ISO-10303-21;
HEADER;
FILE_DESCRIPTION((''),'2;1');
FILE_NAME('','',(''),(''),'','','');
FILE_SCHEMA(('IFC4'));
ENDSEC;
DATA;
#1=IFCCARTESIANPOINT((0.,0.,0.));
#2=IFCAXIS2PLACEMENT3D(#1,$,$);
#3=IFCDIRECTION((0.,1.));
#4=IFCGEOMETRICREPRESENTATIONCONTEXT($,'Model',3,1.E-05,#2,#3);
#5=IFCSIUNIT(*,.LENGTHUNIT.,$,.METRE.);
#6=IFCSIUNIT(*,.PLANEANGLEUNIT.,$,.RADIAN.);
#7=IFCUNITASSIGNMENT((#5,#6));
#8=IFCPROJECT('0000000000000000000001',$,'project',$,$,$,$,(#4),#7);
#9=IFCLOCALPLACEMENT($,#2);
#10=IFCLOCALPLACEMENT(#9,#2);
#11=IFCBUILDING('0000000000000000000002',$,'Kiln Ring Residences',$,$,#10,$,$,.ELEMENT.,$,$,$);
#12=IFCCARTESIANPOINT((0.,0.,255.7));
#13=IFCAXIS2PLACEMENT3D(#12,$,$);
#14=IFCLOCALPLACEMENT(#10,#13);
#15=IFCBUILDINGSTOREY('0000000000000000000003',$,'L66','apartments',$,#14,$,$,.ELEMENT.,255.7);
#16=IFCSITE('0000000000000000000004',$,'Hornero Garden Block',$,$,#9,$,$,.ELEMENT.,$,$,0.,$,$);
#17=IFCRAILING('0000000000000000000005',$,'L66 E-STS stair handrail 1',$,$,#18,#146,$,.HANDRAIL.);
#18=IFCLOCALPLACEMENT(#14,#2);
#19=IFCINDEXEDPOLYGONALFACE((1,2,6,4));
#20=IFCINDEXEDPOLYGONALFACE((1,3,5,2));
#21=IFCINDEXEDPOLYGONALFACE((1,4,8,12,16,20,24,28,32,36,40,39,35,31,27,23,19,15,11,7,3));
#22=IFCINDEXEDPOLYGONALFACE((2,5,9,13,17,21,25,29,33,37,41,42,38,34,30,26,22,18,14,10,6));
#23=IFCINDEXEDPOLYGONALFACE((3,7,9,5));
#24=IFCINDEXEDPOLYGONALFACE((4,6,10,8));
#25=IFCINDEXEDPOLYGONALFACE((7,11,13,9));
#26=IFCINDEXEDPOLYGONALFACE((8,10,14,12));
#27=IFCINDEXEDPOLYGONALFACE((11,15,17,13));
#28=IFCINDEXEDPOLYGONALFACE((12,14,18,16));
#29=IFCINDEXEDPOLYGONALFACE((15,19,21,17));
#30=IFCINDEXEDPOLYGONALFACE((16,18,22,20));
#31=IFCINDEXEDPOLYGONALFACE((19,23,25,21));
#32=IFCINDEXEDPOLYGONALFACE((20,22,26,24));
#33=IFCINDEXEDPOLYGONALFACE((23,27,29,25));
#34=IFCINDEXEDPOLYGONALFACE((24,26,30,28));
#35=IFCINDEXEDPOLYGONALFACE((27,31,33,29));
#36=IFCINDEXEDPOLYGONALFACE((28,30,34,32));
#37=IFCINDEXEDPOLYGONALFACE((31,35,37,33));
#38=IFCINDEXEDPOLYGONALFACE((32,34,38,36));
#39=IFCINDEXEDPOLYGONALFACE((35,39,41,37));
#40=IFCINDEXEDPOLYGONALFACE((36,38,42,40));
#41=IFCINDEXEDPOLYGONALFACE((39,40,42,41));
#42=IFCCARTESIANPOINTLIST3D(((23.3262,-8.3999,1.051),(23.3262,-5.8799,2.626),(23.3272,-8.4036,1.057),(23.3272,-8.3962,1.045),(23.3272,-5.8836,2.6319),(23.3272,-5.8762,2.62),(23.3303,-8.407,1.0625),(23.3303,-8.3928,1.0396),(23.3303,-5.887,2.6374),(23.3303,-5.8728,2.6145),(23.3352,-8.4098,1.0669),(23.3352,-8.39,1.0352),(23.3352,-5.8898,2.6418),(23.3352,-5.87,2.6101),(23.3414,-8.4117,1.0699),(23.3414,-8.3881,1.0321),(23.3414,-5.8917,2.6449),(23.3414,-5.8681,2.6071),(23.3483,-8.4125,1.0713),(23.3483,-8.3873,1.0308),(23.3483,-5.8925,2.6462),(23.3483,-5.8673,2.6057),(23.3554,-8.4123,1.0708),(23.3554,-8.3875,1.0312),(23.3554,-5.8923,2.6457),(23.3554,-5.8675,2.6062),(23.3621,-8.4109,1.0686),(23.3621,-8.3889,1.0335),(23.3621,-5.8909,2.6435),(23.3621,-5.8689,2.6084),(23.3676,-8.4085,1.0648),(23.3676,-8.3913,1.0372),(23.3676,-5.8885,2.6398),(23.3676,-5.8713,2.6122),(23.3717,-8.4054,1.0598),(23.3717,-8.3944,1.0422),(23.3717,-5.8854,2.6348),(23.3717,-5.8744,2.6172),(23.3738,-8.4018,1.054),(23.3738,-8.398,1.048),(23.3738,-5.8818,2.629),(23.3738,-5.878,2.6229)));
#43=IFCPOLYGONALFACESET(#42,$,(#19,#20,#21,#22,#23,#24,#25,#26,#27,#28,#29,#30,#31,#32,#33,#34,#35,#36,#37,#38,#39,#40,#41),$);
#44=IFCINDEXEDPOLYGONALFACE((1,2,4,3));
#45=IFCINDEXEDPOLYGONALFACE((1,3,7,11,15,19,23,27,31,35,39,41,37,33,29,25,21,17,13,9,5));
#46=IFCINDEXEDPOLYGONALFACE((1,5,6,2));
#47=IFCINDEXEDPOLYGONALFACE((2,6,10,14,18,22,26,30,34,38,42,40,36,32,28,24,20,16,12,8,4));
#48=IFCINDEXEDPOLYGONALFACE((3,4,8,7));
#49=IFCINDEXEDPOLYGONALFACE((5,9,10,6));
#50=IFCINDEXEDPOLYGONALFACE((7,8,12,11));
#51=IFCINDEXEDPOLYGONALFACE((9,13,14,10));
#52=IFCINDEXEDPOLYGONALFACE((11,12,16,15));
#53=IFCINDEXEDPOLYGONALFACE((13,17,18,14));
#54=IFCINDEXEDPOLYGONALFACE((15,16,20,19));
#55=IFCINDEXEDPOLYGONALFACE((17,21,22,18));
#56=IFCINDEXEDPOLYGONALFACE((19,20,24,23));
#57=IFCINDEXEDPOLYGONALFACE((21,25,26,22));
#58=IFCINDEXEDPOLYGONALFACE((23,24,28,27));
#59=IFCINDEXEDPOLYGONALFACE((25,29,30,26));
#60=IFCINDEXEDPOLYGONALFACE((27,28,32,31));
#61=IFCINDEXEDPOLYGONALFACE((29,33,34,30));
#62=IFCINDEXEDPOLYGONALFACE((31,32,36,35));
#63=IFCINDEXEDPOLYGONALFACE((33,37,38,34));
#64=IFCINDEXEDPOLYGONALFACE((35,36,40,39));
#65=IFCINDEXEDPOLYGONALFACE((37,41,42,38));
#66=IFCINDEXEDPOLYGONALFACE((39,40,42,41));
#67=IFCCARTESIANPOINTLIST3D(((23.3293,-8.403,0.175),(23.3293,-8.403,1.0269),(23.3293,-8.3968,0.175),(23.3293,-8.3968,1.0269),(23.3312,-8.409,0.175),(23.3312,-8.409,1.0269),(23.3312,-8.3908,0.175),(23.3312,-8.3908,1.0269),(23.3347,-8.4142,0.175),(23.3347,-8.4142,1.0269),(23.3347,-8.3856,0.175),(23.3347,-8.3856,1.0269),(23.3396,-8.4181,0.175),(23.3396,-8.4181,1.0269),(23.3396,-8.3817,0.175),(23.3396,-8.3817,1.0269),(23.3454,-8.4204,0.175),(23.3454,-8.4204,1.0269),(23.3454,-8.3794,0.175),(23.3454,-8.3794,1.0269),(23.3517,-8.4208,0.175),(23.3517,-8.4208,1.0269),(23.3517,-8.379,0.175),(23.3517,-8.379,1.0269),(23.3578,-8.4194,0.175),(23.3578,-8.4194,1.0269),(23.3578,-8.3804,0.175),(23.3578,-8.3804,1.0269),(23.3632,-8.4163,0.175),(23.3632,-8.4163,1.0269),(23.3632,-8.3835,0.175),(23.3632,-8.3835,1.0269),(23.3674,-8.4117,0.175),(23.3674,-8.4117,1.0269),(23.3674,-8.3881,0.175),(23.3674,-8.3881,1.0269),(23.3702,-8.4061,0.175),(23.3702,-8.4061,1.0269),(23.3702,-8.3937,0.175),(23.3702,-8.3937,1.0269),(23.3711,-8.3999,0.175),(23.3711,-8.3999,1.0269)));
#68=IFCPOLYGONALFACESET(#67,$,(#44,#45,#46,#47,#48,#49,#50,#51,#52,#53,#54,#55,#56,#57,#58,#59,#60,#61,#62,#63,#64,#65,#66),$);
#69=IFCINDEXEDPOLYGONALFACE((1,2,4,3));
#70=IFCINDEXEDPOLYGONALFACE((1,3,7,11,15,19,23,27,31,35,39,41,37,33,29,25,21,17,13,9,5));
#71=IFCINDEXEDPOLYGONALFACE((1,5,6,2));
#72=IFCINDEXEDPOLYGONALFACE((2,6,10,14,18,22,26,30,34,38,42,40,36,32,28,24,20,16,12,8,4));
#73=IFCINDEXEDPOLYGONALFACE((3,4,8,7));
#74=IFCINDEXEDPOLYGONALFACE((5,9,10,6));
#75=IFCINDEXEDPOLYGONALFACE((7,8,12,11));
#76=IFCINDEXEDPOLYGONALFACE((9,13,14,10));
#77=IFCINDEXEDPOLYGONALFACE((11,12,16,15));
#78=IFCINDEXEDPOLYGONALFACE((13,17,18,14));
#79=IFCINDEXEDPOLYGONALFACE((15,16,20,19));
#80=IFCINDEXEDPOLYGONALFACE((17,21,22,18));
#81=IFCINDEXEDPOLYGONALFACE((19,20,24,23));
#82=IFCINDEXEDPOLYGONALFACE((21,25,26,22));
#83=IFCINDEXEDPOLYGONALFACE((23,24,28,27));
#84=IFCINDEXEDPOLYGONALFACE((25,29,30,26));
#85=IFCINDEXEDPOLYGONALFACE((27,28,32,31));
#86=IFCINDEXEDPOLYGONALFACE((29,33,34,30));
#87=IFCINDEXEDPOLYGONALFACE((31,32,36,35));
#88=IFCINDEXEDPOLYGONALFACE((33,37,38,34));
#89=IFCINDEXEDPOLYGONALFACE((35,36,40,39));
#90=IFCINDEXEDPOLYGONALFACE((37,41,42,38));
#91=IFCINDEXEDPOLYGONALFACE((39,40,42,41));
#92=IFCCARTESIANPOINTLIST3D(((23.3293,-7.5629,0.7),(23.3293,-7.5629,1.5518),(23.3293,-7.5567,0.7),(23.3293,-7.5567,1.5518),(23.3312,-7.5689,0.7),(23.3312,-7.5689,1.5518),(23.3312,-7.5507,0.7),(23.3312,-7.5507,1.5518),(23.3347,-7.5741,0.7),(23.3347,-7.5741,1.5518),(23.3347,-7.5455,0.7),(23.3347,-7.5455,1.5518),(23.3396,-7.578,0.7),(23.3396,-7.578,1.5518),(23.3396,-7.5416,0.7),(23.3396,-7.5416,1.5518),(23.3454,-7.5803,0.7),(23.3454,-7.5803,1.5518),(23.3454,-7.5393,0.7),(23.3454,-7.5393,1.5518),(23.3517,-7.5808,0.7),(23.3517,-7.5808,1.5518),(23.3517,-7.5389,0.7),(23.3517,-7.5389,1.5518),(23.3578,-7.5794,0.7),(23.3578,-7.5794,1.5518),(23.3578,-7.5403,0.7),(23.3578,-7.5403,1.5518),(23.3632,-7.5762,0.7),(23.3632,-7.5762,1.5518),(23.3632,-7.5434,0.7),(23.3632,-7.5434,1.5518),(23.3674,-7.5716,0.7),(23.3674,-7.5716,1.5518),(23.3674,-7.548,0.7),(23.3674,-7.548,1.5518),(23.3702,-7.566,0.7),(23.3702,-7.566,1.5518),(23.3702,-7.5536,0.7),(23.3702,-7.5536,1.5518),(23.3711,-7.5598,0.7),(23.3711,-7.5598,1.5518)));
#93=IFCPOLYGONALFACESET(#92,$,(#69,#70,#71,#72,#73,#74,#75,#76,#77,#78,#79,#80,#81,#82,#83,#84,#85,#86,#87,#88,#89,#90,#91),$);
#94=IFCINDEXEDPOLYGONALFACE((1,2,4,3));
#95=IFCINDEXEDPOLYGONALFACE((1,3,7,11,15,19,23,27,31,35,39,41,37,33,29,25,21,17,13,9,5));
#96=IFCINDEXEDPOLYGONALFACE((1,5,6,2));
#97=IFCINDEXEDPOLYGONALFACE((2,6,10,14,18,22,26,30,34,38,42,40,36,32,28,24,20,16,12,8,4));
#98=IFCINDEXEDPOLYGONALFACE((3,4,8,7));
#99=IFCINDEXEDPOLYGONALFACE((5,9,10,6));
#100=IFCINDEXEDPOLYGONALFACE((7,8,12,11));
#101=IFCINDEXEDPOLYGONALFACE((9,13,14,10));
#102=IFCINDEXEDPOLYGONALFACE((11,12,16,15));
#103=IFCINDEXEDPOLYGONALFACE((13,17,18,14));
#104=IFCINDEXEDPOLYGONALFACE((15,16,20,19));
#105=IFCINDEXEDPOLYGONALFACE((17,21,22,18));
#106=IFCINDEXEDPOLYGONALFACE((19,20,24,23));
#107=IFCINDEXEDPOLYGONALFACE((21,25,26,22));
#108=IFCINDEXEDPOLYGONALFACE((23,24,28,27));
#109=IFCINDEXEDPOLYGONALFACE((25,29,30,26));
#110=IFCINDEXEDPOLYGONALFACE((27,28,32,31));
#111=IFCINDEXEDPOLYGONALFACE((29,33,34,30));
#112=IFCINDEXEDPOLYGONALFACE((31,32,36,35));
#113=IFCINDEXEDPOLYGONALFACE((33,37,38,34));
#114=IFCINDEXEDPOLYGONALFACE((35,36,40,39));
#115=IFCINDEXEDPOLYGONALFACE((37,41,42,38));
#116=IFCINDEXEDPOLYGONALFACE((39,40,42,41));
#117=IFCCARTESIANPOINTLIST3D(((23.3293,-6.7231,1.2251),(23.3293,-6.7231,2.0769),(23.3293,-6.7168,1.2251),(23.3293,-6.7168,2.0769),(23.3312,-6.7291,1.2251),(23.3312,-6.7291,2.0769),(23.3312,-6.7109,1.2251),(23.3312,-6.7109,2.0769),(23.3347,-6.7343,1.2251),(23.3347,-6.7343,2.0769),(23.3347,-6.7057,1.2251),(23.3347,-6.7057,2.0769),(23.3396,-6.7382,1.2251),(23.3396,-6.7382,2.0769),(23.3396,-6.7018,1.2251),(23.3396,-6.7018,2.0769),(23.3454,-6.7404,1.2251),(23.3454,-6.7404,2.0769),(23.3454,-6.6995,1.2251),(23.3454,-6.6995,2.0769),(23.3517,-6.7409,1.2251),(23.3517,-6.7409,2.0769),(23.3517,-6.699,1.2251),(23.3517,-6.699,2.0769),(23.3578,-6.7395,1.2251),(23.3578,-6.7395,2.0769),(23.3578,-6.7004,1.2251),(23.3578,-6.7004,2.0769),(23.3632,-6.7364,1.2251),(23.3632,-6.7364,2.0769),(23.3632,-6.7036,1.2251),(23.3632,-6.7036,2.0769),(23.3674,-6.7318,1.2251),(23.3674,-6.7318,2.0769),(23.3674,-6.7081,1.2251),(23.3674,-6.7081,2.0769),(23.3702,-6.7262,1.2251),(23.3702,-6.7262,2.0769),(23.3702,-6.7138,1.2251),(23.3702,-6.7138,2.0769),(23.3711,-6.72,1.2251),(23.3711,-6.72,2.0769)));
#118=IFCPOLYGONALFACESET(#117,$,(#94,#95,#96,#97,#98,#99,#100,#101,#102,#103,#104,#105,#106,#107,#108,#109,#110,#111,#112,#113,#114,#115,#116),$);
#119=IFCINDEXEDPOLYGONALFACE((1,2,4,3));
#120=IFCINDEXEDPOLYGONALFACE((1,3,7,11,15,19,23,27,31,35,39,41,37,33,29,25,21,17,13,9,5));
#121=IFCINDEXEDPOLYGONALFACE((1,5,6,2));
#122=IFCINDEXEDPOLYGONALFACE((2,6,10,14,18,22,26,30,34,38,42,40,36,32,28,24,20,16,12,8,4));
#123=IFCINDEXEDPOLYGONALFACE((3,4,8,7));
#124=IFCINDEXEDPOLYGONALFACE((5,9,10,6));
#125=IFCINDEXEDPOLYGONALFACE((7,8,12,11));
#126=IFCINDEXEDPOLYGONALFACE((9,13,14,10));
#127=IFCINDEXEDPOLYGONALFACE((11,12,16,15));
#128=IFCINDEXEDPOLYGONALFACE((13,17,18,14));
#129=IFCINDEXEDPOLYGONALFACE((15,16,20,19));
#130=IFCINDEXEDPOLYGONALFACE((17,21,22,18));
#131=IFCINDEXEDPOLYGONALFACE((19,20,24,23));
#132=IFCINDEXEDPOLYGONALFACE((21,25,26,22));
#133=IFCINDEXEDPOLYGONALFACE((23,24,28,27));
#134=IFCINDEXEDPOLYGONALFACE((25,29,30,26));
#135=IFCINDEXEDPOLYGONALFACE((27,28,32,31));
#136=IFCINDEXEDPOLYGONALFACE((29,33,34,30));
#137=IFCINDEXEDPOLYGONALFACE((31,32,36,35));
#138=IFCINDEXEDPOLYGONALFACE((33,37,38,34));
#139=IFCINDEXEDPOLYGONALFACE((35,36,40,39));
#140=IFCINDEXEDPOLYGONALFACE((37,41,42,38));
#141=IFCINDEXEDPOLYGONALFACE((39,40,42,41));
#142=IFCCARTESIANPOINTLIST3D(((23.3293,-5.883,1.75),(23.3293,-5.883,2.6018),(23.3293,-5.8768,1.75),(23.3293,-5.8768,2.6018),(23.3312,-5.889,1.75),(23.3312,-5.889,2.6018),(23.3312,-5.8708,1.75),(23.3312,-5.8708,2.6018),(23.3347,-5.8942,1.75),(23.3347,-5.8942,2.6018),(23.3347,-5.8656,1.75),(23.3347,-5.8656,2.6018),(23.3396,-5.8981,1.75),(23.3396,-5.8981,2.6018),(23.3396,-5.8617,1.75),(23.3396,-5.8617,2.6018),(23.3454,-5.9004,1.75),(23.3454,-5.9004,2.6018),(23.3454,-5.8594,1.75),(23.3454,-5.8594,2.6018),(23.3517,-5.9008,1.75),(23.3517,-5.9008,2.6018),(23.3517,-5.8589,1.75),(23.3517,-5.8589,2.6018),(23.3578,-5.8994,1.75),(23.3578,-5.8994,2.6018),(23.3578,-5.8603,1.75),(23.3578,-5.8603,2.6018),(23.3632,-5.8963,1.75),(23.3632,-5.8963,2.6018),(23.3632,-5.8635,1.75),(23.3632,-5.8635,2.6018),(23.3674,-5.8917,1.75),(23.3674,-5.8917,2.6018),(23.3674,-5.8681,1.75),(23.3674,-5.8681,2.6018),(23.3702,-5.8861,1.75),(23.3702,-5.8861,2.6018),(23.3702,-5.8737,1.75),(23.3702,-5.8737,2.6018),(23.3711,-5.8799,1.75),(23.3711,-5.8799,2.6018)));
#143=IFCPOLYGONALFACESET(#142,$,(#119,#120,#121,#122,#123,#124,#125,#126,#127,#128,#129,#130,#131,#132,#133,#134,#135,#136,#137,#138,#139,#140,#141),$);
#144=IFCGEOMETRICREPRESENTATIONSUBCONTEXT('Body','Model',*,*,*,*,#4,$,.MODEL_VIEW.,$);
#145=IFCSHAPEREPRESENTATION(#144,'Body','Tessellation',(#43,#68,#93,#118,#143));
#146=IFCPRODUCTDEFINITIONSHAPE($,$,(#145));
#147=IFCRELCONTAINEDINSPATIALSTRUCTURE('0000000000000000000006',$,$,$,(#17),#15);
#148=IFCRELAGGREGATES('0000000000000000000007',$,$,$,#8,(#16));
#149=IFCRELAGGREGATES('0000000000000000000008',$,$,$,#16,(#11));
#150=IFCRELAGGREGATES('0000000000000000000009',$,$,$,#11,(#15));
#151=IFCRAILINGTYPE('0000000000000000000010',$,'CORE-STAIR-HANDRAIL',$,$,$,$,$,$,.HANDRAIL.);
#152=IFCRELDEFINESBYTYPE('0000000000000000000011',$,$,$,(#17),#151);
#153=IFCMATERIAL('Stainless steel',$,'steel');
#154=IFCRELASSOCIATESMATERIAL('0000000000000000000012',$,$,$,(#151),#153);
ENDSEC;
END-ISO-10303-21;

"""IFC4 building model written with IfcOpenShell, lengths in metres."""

from ifc_helpers import new_model, si_unit, direction, frame, origin, origin_2d, place, context, subcontext, project, spatial, circle, extrude, material, type_object, element, save


model = new_model("IFC4")

# Units and contexts
model_context = context("Model", 3, precision=1e-05, world=origin(), true_north=direction((0.0, 1.0)))
body_context = subcontext(model_context, "Body", "Model", "MODEL_VIEW")
ifc_project = project(units=[si_unit("LENGTHUNIT", "METRE"), si_unit("PLANEANGLEUNIT", "RADIAN")], contexts=[model_context])

# Site, building, storey
site_placement = place(None, origin())
site = spatial("IfcSite", under=ifc_project, at=site_placement, Name="Hornero Garden Block", CompositionType="ELEMENT", RefElevation=0.0)
building_placement = place(site_placement, origin())
building = spatial("IfcBuilding", under=site, at=building_placement, Name="Kiln Ring Residences", CompositionType="ELEMENT")
storey_placement = place(building_placement, frame((0.0, 0.0, 255.7)))
storey = spatial("IfcBuildingStorey", under=building, at=storey_placement, Name="L66", Description="apartments", CompositionType="ELEMENT", Elevation=255.7)

# Railing
ifc_material_1 = material(Name="Stainless steel", Category="steel")
railing_type_1 = type_object("IfcRailingType", Name="CORE-STAIR-HANDRAIL", PredefinedType="HANDRAIL", material=ifc_material_1)
railing_1_placement = place(storey_placement, frame((23.3501, -8.3999, 0.175)))
element("IfcRailing", 1, at=railing_1_placement, inside=storey, type_object=railing_type_1, Name="L66 E-STS stair handrail 1", PredefinedType="HANDRAIL", context=body_context, shape_type="SweptSolid", body=[
    extrude(circle(Radius=0.0239, at=origin_2d()), frame((0.0, 0.0, 0.876), z_axis=(0.0, 0.848008, 0.529984), x_axis=(-1.0, 0.0, 0.0)), (0.0, 0.0, 1.0), 2.9717),
    extrude(circle(Radius=0.021, at=origin_2d()), origin(), (0.0, 0.0, 1.0), 0.8518),
    extrude(circle(Radius=0.021, at=origin_2d()), frame((0.0, 0.8401, 0.5249)), (0.0, 0.0, 1.0), 0.8518),
    extrude(circle(Radius=0.021, at=origin_2d()), frame((0.0, 1.6799, 1.05)), (0.0, 0.0, 1.0), 0.8518),
    extrude(circle(Radius=0.021, at=origin_2d()), frame((0.0, 2.52, 1.575)), (0.0, 0.0, 1.0), 0.8518),
])

save(model, "model.ifc")
